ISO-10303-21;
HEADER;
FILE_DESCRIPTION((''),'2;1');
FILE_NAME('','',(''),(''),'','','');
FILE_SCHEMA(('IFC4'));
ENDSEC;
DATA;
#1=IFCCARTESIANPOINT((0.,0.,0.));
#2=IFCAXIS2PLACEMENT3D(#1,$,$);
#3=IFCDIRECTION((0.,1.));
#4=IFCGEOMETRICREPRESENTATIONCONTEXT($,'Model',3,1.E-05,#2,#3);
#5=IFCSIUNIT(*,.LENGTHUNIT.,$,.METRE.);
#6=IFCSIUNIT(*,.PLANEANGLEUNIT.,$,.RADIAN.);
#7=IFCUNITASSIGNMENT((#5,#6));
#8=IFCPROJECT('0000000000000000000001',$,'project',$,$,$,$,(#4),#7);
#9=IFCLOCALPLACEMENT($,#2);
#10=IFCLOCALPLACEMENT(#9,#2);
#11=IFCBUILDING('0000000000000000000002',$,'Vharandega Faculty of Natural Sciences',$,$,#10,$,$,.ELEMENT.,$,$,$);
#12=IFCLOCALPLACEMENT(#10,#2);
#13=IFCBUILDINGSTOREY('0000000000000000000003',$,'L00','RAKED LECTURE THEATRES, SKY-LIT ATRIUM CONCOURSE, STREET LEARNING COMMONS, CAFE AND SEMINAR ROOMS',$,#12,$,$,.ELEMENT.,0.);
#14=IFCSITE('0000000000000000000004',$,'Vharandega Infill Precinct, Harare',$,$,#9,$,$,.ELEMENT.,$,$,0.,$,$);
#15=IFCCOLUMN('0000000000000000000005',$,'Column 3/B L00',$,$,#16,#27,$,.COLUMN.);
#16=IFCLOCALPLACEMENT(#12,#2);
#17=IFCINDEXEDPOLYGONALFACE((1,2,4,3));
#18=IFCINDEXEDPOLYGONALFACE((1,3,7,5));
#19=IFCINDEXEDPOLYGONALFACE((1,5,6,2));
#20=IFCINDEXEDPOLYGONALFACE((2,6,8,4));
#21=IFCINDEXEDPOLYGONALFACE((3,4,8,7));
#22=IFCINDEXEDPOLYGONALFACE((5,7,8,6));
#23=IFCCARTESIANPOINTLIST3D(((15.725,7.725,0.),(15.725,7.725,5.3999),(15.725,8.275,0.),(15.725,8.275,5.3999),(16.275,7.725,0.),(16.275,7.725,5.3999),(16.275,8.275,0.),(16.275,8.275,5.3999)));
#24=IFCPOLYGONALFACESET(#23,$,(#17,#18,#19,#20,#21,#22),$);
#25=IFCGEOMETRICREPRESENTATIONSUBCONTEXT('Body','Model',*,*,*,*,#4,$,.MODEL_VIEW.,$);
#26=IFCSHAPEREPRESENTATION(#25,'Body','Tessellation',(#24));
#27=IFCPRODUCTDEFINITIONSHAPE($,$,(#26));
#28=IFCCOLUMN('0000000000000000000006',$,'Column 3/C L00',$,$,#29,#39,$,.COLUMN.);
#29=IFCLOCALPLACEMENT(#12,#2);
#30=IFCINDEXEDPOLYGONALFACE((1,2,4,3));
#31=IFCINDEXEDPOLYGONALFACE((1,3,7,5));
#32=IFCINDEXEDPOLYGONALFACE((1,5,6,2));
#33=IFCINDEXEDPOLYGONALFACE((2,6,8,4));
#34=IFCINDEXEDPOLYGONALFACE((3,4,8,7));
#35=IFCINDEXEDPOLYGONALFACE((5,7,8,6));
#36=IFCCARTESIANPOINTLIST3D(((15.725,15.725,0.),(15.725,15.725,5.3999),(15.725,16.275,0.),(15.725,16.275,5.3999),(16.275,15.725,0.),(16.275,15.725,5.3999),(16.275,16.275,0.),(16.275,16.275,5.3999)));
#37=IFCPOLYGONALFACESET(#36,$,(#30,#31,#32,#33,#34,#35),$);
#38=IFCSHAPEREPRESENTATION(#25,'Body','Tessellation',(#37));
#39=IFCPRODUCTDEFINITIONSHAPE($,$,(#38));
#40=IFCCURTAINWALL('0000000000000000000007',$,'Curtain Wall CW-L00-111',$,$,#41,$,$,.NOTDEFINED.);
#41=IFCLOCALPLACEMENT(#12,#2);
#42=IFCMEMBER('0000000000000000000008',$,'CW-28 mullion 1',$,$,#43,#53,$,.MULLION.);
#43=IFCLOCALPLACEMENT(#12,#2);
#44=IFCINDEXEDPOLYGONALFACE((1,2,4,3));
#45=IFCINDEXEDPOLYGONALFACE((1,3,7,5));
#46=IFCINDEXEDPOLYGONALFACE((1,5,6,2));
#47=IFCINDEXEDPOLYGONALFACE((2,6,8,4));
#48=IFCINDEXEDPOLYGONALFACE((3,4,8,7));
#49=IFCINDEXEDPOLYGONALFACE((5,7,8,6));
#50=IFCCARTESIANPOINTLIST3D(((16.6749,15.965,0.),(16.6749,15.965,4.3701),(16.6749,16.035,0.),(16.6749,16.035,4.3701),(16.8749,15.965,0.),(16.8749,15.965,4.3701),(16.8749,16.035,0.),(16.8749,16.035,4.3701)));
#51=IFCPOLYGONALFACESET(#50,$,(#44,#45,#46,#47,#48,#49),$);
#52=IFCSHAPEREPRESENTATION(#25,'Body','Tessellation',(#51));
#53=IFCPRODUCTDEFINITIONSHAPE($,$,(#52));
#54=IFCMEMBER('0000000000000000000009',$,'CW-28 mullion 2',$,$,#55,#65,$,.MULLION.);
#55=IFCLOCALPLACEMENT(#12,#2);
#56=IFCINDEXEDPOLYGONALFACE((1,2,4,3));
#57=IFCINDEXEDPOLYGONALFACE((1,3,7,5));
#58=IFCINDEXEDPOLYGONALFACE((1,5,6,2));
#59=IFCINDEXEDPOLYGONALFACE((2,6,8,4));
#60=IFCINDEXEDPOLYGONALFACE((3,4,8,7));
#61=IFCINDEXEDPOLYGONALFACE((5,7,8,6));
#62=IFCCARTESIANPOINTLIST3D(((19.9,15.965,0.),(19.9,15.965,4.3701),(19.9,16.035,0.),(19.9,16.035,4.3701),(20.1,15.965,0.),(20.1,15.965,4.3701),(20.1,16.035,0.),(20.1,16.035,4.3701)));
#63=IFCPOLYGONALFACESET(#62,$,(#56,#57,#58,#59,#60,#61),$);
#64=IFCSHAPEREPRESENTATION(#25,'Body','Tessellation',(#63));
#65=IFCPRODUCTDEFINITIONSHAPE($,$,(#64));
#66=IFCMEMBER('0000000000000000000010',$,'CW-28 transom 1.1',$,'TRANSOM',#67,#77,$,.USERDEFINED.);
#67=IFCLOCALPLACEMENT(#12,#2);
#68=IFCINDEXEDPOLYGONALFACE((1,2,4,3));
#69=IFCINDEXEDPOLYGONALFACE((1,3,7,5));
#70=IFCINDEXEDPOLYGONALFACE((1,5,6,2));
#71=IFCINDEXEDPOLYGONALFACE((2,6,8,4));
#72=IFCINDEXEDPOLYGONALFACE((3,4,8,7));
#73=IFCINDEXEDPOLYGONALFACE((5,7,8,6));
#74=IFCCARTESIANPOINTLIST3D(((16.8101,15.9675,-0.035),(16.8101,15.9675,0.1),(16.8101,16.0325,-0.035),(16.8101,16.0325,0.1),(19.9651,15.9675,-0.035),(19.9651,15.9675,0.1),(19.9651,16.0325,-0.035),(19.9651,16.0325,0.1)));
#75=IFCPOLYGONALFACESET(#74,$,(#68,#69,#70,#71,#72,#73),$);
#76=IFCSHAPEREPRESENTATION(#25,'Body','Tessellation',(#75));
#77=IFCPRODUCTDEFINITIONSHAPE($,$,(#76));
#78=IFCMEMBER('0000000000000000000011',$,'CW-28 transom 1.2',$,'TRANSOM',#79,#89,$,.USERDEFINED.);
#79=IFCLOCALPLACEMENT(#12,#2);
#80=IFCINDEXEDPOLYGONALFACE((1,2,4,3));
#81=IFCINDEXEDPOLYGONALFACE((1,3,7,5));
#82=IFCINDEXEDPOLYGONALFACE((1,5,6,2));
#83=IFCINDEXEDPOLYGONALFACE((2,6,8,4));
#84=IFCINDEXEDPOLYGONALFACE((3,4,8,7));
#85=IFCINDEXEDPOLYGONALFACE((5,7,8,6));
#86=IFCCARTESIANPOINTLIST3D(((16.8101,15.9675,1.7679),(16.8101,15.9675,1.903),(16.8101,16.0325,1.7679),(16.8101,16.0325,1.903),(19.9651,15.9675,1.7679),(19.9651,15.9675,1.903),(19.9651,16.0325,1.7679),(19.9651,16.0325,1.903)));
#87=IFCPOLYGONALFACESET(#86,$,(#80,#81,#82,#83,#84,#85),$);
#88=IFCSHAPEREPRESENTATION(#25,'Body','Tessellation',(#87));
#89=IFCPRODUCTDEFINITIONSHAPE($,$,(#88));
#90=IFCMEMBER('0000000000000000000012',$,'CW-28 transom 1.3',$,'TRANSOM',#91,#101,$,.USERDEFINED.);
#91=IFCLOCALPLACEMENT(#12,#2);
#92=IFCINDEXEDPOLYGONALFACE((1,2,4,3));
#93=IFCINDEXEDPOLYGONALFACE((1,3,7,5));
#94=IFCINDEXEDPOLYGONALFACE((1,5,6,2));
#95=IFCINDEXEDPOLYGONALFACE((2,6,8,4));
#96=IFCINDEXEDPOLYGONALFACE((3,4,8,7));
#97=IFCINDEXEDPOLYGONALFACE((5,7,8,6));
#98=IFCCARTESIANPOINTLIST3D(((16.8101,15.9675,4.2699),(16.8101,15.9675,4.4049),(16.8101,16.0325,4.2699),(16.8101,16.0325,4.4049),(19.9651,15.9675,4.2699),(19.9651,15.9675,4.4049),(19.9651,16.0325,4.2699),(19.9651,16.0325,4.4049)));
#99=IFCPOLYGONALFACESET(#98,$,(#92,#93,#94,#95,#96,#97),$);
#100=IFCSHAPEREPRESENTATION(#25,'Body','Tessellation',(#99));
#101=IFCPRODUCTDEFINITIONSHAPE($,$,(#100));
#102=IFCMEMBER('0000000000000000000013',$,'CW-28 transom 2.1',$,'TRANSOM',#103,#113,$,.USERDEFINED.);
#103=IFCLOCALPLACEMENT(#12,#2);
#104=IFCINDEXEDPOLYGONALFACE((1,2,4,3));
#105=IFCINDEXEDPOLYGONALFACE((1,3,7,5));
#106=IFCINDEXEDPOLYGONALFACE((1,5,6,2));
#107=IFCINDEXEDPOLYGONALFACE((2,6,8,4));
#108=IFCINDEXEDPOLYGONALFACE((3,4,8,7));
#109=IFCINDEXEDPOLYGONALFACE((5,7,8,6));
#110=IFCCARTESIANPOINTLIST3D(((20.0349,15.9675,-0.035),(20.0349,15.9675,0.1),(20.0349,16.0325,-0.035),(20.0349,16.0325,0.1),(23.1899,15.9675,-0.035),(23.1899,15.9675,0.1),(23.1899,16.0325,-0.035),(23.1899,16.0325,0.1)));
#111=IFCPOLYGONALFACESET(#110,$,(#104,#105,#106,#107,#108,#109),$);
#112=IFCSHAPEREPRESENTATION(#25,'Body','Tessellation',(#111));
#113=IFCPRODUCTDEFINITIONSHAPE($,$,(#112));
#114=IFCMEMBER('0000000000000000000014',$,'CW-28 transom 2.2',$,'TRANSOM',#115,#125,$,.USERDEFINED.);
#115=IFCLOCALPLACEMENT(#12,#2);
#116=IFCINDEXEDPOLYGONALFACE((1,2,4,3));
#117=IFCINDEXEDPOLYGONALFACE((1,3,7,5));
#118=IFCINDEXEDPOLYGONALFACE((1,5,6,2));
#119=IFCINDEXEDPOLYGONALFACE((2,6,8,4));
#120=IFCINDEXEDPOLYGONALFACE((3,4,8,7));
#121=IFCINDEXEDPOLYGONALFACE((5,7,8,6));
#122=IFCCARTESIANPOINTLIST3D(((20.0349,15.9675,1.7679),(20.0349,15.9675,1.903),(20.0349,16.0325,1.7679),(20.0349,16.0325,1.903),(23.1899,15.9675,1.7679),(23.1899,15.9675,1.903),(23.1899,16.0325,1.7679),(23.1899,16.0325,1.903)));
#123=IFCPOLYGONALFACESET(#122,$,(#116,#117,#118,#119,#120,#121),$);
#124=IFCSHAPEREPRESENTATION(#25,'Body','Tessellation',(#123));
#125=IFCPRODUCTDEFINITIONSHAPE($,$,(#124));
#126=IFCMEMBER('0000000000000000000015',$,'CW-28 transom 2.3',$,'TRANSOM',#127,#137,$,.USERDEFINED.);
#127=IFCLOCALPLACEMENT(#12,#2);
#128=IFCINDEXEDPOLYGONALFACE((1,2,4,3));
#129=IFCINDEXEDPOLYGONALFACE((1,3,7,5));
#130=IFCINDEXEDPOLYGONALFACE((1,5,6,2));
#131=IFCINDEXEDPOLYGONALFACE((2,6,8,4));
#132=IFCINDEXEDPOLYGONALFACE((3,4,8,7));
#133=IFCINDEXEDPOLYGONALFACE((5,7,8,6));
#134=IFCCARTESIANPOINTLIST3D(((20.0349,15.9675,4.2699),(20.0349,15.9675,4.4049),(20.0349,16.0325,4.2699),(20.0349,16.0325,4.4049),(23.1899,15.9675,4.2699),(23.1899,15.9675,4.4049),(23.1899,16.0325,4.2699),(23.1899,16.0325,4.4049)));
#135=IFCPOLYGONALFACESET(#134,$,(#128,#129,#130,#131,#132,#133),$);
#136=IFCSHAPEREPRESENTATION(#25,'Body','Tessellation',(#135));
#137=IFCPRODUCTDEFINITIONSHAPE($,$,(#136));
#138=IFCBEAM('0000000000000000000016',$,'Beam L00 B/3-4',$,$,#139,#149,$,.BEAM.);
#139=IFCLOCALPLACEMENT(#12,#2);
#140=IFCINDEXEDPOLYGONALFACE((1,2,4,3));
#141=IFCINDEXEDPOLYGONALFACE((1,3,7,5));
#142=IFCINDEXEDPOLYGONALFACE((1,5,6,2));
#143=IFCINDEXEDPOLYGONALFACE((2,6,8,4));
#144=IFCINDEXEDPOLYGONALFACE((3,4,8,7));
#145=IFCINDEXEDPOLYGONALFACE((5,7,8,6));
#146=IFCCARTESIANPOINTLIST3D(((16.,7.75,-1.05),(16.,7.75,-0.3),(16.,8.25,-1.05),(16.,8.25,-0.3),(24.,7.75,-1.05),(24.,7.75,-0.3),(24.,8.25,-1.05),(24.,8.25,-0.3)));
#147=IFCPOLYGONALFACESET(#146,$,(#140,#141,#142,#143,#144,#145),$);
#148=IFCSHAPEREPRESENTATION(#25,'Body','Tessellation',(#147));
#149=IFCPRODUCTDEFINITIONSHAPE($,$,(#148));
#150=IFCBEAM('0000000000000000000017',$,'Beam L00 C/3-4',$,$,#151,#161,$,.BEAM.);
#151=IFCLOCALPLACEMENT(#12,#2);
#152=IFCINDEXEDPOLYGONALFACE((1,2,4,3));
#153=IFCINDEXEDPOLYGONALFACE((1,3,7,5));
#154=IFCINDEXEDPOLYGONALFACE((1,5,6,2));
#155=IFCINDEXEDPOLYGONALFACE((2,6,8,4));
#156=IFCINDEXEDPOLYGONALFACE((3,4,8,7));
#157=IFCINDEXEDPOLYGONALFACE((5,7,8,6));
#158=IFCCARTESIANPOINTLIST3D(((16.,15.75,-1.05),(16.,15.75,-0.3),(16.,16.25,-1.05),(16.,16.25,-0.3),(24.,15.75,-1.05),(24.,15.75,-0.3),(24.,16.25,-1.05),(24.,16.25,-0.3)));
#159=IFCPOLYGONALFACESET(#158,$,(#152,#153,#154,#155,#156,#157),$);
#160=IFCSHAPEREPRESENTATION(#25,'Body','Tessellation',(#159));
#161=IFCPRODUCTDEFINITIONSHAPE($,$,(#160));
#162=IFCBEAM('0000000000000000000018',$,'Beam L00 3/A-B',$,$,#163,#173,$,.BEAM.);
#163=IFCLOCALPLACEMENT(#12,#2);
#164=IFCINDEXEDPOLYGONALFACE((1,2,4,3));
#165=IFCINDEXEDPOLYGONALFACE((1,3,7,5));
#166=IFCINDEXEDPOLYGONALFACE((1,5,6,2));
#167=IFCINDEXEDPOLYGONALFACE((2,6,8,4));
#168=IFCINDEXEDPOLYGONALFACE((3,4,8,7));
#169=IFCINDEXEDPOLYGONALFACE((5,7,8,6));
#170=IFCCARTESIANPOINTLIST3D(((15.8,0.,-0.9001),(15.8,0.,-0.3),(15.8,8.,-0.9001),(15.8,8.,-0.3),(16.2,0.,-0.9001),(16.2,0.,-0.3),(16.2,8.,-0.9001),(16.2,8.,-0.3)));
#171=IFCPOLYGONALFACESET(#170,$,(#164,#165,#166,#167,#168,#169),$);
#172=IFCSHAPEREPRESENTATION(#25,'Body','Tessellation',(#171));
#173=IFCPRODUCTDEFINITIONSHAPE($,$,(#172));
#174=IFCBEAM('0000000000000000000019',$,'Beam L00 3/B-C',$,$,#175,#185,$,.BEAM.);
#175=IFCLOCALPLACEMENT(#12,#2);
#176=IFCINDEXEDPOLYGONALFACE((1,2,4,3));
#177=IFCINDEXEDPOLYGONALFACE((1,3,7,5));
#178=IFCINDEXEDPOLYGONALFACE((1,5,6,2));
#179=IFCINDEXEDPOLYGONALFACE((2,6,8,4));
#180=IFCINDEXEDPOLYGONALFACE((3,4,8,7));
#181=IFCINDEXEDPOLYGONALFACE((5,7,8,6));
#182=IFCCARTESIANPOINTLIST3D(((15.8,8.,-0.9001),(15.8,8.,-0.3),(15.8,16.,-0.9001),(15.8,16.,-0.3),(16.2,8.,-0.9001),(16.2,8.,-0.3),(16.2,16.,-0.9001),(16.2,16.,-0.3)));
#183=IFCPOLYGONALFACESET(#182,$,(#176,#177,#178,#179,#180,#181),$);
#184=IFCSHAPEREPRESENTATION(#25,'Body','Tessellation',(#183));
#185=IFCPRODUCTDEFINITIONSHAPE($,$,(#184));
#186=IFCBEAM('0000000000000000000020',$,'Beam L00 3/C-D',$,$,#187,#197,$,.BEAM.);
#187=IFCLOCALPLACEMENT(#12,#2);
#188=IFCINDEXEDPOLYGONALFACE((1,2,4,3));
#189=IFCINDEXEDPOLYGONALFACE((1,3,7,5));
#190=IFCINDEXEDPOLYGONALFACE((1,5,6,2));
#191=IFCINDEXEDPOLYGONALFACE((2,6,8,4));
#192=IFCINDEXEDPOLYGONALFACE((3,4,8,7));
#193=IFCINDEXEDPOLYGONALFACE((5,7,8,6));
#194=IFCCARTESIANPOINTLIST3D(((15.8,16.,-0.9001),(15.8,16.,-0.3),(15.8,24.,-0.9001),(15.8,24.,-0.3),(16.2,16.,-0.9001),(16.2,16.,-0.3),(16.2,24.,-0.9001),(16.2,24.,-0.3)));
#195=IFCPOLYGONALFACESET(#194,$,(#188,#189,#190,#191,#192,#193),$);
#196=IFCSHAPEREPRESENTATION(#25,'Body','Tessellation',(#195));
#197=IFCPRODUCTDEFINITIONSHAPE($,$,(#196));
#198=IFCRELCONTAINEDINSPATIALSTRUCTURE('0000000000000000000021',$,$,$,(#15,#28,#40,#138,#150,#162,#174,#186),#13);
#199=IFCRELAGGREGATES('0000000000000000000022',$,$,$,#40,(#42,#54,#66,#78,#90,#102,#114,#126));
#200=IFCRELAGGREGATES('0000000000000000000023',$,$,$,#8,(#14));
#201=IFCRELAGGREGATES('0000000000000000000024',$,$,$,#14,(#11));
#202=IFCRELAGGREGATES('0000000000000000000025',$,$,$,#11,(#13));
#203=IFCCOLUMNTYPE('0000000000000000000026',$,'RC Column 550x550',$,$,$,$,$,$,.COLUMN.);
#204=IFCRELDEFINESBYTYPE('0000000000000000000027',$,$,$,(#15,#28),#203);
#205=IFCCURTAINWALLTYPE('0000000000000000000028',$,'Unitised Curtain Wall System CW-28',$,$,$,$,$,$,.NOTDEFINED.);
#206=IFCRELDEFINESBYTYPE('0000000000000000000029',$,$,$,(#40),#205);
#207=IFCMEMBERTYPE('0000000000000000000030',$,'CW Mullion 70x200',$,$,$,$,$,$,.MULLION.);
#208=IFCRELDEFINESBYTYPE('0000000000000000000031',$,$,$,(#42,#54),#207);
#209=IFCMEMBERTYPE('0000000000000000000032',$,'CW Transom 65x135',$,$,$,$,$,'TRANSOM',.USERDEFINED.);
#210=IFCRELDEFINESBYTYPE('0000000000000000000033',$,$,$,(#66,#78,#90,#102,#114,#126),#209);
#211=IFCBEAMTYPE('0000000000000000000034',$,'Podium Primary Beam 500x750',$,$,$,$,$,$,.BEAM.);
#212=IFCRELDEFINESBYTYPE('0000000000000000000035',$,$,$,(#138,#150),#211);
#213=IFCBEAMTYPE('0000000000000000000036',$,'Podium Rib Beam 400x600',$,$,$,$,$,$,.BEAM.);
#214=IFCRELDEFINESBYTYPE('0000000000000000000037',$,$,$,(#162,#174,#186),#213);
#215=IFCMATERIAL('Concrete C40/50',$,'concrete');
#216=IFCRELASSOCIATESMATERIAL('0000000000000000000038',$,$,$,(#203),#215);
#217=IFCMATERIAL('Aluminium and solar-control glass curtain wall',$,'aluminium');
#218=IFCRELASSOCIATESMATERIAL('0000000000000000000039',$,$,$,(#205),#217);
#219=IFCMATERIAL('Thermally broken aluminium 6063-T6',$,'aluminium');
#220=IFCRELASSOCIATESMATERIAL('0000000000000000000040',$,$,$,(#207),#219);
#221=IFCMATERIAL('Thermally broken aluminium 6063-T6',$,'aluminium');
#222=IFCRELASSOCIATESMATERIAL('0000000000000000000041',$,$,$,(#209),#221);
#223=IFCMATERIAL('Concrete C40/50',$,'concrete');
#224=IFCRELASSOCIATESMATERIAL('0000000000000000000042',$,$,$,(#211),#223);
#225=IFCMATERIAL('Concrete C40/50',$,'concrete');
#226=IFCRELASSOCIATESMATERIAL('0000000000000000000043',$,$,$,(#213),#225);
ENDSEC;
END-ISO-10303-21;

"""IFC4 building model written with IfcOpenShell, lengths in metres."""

from ifc_helpers import new_model, si_unit, direction, frame, origin, origin_2d, place, context, subcontext, project, spatial, rectangle, extrude, material, material_profile, profile_set, type_object, element, aggregate, save


model = new_model("IFC4")

# Units and contexts
model_context = context("Model", 3, precision=1e-05, world=origin(), true_north=direction((0.0, 1.0)))
body_context = subcontext(model_context, "Body", "Model", "MODEL_VIEW")
ifc_project = project(units=[si_unit("LENGTHUNIT", "METRE"), si_unit("PLANEANGLEUNIT", "RADIAN")], contexts=[model_context])

# Site, building, storey
site_placement = place(None, origin())
site = spatial("IfcSite", under=ifc_project, at=site_placement, Name="Vharandega Infill Precinct, Harare", CompositionType="ELEMENT", RefElevation=0.0)
building_placement = place(site_placement, origin())
building = spatial("IfcBuilding", under=site, at=building_placement, Name="Vharandega Faculty of Natural Sciences", CompositionType="ELEMENT")
storey_placement = place(building_placement, origin())
storey = spatial("IfcBuildingStorey", under=building, at=storey_placement, Name="L00", Description="RAKED LECTURE THEATRES, SKY-LIT ATRIUM CONCOURSE, STREET LEARNING COMMONS, CAFE AND SEMINAR ROOMS", CompositionType="ELEMENT", Elevation=0.0)

# Columns
ifc_material_1 = material(Name="Concrete C40/50", Category="concrete")
ifc_material_profile_1 = material_profile(ifc_material_1, rectangle(XDim=0.55, YDim=0.55, at=origin_2d()), Name="RC 550x550")
ifc_profile_set_1 = profile_set([ifc_material_profile_1], Name="Concrete C40/50")
column_type = type_object("IfcColumnType", Name="RC Column 550x550", PredefinedType="COLUMN", material=ifc_profile_set_1)
for number, where, z_axis, x_axis, name in (
    (1, (16.0, 8.0, 0.0), (0.0, 0.0, 1.0), (1.0, 0.0, 0.0), "Column 3/B L00"),
    (2, (16.0, 16.0, 0.0), (0.0, 0.0, 1.0), (1.0, 0.0, 0.0), "Column 3/C L00"),
):
    element("IfcColumn", number, at=place(storey_placement, frame(where, z_axis=z_axis, x_axis=x_axis)), inside=storey, type_object=column_type, Name=name, PredefinedType="COLUMN", context=body_context, shape_type="SweptSolid", body=[
        extrude(rectangle(XDim=0.55, YDim=0.55, at=origin_2d()), origin(), (0.0, 0.0, 1.0), 5.3999),
    ])

# Curtain wall, members
ifc_material_2 = material(Name="Aluminium and solar-control glass curtain wall", Category="aluminium")
curtain_wall_type = type_object("IfcCurtainWallType", Name="Unitised Curtain Wall System CW-28", PredefinedType="NOTDEFINED", material=ifc_material_2)
curtain_wall_placement = place(storey_placement, origin())
curtain_wall = element("IfcCurtainWall", 3, at=curtain_wall_placement, inside=storey, type_object=curtain_wall_type, Name="Curtain Wall CW-L00-111", PredefinedType="NOTDEFINED")
ifc_material_3 = material(Name="Thermally broken aluminium 6063-T6", Category="aluminium")
ifc_material_profile_2 = material_profile(ifc_material_3, rectangle(XDim=0.0701, YDim=0.2, at=origin_2d()), Name="ALU 70x200")
ifc_profile_set_2 = profile_set([ifc_material_profile_2], Name="Thermally broken aluminium 6063-T6")
member_type_1 = type_object("IfcMemberType", Name="CW Mullion 70x200", PredefinedType="MULLION", material=ifc_profile_set_2)
member_1_placement = place(storey_placement, frame((16.7749, 16.0, 0.0), z_axis=(0.0, 0.0, 1.0), x_axis=(0.0, 1.0, 0.0)))
member_1 = element("IfcMember", 4, at=member_1_placement, type_object=member_type_1, Name="CW-28 mullion 1", PredefinedType="MULLION", context=body_context, shape_type="SweptSolid", body=[
    extrude(rectangle(XDim=0.0701, YDim=0.2, at=origin_2d()), origin(), (0.0, 0.0, 1.0), 4.3701),
])
member_2_placement = place(storey_placement, frame((20.0, 16.0, 0.0), z_axis=(0.0, 0.0, 1.0), x_axis=(0.0, 1.0, 0.0)))
member_2 = element("IfcMember", 5, at=member_2_placement, type_object=member_type_1, Name="CW-28 mullion 2", PredefinedType="MULLION", context=body_context, shape_type="SweptSolid", body=[
    extrude(rectangle(XDim=0.0701, YDim=0.2, at=origin_2d()), origin(), (0.0, 0.0, 1.0), 4.3701),
])
ifc_material_4 = material(Name="Thermally broken aluminium 6063-T6", Category="aluminium")
ifc_material_profile_3 = material_profile(ifc_material_4, rectangle(XDim=0.0649, YDim=0.135, at=origin_2d()), Name="ALU 65x135")
ifc_profile_set_3 = profile_set([ifc_material_profile_3], Name="Thermally broken aluminium 6063-T6")
member_type_2 = type_object("IfcMemberType", Name="CW Transom 65x135", ElementType="TRANSOM", PredefinedType="USERDEFINED", material=ifc_profile_set_3)
member_3_placement = place(storey_placement, frame((16.8101, 16.0, 0.0325), z_axis=(1.0, 0.0, 0.0), x_axis=(0.0, 1.0, 0.0)))
member_3 = element("IfcMember", 6, at=member_3_placement, type_object=member_type_2, Name="CW-28 transom 1.1", ObjectType="TRANSOM", PredefinedType="USERDEFINED", context=body_context, shape_type="SweptSolid", body=[
    extrude(rectangle(XDim=0.0649, YDim=0.135, at=origin_2d()), origin(), (0.0, 0.0, 1.0), 3.155),
])
member_4_placement = place(storey_placement, frame((16.8101, 16.0, 1.8354), z_axis=(1.0, 0.0, 0.0), x_axis=(0.0, 1.0, 0.0)))
member_4 = element("IfcMember", 7, at=member_4_placement, type_object=member_type_2, Name="CW-28 transom 1.2", ObjectType="TRANSOM", PredefinedType="USERDEFINED", context=body_context, shape_type="SweptSolid", body=[
    extrude(rectangle(XDim=0.0649, YDim=0.135, at=origin_2d()), origin(), (0.0, 0.0, 1.0), 3.155),
])
member_5_placement = place(storey_placement, frame((16.8101, 16.0, 4.3374), z_axis=(1.0, 0.0, 0.0), x_axis=(0.0, 1.0, 0.0)))
member_5 = element("IfcMember", 8, at=member_5_placement, type_object=member_type_2, Name="CW-28 transom 1.3", ObjectType="TRANSOM", PredefinedType="USERDEFINED", context=body_context, shape_type="SweptSolid", body=[
    extrude(rectangle(XDim=0.0649, YDim=0.135, at=origin_2d()), origin(), (0.0, 0.0, 1.0), 3.155),
])
member_6_placement = place(storey_placement, frame((20.0349, 16.0, 0.0325), z_axis=(1.0, 0.0, 0.0), x_axis=(0.0, 1.0, 0.0)))
member_6 = element("IfcMember", 9, at=member_6_placement, type_object=member_type_2, Name="CW-28 transom 2.1", ObjectType="TRANSOM", PredefinedType="USERDEFINED", context=body_context, shape_type="SweptSolid", body=[
    extrude(rectangle(XDim=0.0649, YDim=0.135, at=origin_2d()), origin(), (0.0, 0.0, 1.0), 3.155),
])
member_7_placement = place(storey_placement, frame((20.0349, 16.0, 1.8354), z_axis=(1.0, 0.0, 0.0), x_axis=(0.0, 1.0, 0.0)))
member_7 = element("IfcMember", 10, at=member_7_placement, type_object=member_type_2, Name="CW-28 transom 2.2", ObjectType="TRANSOM", PredefinedType="USERDEFINED", context=body_context, shape_type="SweptSolid", body=[
    extrude(rectangle(XDim=0.0649, YDim=0.135, at=origin_2d()), origin(), (0.0, 0.0, 1.0), 3.155),
])
member_8_placement = place(storey_placement, frame((20.0349, 16.0, 4.3374), z_axis=(1.0, 0.0, 0.0), x_axis=(0.0, 1.0, 0.0)))
member_8 = element("IfcMember", 11, at=member_8_placement, type_object=member_type_2, Name="CW-28 transom 2.3", ObjectType="TRANSOM", PredefinedType="USERDEFINED", context=body_context, shape_type="SweptSolid", body=[
    extrude(rectangle(XDim=0.0649, YDim=0.135, at=origin_2d()), origin(), (0.0, 0.0, 1.0), 3.155),
])

# Beams
ifc_material_5 = material(Name="Concrete C40/50", Category="concrete")
ifc_material_profile_4 = material_profile(ifc_material_5, rectangle(XDim=0.5, YDim=0.75, at=origin_2d()), Name="RC 500x750")
ifc_profile_set_4 = profile_set([ifc_material_profile_4], Name="Concrete C40/50")
beam_type_1 = type_object("IfcBeamType", Name="Podium Primary Beam 500x750", PredefinedType="BEAM", material=ifc_profile_set_4)
for number, where, z_axis, x_axis, name in (
    (12, (16.0, 8.0, -0.675), (1.0, 0.0, 0.0), (0.0, 1.0, 0.0), "Beam L00 B/3-4"),
    (13, (16.0, 16.0, -0.675), (1.0, 0.0, 0.0), (0.0, 1.0, 0.0), "Beam L00 C/3-4"),
):
    element("IfcBeam", number, at=place(storey_placement, frame(where, z_axis=z_axis, x_axis=x_axis)), inside=storey, type_object=beam_type_1, Name=name, PredefinedType="BEAM", context=body_context, shape_type="SweptSolid", body=[
        extrude(rectangle(XDim=0.5, YDim=0.75, at=origin_2d()), origin(), (0.0, 0.0, 1.0), 8.0),
    ])
ifc_material_6 = material(Name="Concrete C40/50", Category="concrete")
ifc_material_profile_5 = material_profile(ifc_material_6, rectangle(XDim=0.3999, YDim=0.6001, at=origin_2d()), Name="RC 400x600")
ifc_profile_set_5 = profile_set([ifc_material_profile_5], Name="Concrete C40/50")
beam_type_2 = type_object("IfcBeamType", Name="Podium Rib Beam 400x600", PredefinedType="BEAM", material=ifc_profile_set_5)
for number, where, z_axis, x_axis, name in (
    (14, (16.0, 0.0, -0.6001), (0.0, 1.0, 0.0), (-1.0, 0.0, 0.0), "Beam L00 3/A-B"),
    (15, (16.0, 8.0, -0.6001), (0.0, 1.0, 0.0), (-1.0, 0.0, 0.0), "Beam L00 3/B-C"),
    (16, (16.0, 16.0, -0.6001), (0.0, 1.0, 0.0), (-1.0, 0.0, 0.0), "Beam L00 3/C-D"),
):
    element("IfcBeam", number, at=place(storey_placement, frame(where, z_axis=z_axis, x_axis=x_axis)), inside=storey, type_object=beam_type_2, Name=name, PredefinedType="BEAM", context=body_context, shape_type="SweptSolid", body=[
        extrude(rectangle(XDim=0.3999, YDim=0.6001, at=origin_2d()), origin(), (0.0, 0.0, 1.0), 8.0),
    ])

aggregate(curtain_wall, [member_1, member_2, member_3, member_4, member_5, member_6, member_7, member_8])

save(model, "model.ifc")
